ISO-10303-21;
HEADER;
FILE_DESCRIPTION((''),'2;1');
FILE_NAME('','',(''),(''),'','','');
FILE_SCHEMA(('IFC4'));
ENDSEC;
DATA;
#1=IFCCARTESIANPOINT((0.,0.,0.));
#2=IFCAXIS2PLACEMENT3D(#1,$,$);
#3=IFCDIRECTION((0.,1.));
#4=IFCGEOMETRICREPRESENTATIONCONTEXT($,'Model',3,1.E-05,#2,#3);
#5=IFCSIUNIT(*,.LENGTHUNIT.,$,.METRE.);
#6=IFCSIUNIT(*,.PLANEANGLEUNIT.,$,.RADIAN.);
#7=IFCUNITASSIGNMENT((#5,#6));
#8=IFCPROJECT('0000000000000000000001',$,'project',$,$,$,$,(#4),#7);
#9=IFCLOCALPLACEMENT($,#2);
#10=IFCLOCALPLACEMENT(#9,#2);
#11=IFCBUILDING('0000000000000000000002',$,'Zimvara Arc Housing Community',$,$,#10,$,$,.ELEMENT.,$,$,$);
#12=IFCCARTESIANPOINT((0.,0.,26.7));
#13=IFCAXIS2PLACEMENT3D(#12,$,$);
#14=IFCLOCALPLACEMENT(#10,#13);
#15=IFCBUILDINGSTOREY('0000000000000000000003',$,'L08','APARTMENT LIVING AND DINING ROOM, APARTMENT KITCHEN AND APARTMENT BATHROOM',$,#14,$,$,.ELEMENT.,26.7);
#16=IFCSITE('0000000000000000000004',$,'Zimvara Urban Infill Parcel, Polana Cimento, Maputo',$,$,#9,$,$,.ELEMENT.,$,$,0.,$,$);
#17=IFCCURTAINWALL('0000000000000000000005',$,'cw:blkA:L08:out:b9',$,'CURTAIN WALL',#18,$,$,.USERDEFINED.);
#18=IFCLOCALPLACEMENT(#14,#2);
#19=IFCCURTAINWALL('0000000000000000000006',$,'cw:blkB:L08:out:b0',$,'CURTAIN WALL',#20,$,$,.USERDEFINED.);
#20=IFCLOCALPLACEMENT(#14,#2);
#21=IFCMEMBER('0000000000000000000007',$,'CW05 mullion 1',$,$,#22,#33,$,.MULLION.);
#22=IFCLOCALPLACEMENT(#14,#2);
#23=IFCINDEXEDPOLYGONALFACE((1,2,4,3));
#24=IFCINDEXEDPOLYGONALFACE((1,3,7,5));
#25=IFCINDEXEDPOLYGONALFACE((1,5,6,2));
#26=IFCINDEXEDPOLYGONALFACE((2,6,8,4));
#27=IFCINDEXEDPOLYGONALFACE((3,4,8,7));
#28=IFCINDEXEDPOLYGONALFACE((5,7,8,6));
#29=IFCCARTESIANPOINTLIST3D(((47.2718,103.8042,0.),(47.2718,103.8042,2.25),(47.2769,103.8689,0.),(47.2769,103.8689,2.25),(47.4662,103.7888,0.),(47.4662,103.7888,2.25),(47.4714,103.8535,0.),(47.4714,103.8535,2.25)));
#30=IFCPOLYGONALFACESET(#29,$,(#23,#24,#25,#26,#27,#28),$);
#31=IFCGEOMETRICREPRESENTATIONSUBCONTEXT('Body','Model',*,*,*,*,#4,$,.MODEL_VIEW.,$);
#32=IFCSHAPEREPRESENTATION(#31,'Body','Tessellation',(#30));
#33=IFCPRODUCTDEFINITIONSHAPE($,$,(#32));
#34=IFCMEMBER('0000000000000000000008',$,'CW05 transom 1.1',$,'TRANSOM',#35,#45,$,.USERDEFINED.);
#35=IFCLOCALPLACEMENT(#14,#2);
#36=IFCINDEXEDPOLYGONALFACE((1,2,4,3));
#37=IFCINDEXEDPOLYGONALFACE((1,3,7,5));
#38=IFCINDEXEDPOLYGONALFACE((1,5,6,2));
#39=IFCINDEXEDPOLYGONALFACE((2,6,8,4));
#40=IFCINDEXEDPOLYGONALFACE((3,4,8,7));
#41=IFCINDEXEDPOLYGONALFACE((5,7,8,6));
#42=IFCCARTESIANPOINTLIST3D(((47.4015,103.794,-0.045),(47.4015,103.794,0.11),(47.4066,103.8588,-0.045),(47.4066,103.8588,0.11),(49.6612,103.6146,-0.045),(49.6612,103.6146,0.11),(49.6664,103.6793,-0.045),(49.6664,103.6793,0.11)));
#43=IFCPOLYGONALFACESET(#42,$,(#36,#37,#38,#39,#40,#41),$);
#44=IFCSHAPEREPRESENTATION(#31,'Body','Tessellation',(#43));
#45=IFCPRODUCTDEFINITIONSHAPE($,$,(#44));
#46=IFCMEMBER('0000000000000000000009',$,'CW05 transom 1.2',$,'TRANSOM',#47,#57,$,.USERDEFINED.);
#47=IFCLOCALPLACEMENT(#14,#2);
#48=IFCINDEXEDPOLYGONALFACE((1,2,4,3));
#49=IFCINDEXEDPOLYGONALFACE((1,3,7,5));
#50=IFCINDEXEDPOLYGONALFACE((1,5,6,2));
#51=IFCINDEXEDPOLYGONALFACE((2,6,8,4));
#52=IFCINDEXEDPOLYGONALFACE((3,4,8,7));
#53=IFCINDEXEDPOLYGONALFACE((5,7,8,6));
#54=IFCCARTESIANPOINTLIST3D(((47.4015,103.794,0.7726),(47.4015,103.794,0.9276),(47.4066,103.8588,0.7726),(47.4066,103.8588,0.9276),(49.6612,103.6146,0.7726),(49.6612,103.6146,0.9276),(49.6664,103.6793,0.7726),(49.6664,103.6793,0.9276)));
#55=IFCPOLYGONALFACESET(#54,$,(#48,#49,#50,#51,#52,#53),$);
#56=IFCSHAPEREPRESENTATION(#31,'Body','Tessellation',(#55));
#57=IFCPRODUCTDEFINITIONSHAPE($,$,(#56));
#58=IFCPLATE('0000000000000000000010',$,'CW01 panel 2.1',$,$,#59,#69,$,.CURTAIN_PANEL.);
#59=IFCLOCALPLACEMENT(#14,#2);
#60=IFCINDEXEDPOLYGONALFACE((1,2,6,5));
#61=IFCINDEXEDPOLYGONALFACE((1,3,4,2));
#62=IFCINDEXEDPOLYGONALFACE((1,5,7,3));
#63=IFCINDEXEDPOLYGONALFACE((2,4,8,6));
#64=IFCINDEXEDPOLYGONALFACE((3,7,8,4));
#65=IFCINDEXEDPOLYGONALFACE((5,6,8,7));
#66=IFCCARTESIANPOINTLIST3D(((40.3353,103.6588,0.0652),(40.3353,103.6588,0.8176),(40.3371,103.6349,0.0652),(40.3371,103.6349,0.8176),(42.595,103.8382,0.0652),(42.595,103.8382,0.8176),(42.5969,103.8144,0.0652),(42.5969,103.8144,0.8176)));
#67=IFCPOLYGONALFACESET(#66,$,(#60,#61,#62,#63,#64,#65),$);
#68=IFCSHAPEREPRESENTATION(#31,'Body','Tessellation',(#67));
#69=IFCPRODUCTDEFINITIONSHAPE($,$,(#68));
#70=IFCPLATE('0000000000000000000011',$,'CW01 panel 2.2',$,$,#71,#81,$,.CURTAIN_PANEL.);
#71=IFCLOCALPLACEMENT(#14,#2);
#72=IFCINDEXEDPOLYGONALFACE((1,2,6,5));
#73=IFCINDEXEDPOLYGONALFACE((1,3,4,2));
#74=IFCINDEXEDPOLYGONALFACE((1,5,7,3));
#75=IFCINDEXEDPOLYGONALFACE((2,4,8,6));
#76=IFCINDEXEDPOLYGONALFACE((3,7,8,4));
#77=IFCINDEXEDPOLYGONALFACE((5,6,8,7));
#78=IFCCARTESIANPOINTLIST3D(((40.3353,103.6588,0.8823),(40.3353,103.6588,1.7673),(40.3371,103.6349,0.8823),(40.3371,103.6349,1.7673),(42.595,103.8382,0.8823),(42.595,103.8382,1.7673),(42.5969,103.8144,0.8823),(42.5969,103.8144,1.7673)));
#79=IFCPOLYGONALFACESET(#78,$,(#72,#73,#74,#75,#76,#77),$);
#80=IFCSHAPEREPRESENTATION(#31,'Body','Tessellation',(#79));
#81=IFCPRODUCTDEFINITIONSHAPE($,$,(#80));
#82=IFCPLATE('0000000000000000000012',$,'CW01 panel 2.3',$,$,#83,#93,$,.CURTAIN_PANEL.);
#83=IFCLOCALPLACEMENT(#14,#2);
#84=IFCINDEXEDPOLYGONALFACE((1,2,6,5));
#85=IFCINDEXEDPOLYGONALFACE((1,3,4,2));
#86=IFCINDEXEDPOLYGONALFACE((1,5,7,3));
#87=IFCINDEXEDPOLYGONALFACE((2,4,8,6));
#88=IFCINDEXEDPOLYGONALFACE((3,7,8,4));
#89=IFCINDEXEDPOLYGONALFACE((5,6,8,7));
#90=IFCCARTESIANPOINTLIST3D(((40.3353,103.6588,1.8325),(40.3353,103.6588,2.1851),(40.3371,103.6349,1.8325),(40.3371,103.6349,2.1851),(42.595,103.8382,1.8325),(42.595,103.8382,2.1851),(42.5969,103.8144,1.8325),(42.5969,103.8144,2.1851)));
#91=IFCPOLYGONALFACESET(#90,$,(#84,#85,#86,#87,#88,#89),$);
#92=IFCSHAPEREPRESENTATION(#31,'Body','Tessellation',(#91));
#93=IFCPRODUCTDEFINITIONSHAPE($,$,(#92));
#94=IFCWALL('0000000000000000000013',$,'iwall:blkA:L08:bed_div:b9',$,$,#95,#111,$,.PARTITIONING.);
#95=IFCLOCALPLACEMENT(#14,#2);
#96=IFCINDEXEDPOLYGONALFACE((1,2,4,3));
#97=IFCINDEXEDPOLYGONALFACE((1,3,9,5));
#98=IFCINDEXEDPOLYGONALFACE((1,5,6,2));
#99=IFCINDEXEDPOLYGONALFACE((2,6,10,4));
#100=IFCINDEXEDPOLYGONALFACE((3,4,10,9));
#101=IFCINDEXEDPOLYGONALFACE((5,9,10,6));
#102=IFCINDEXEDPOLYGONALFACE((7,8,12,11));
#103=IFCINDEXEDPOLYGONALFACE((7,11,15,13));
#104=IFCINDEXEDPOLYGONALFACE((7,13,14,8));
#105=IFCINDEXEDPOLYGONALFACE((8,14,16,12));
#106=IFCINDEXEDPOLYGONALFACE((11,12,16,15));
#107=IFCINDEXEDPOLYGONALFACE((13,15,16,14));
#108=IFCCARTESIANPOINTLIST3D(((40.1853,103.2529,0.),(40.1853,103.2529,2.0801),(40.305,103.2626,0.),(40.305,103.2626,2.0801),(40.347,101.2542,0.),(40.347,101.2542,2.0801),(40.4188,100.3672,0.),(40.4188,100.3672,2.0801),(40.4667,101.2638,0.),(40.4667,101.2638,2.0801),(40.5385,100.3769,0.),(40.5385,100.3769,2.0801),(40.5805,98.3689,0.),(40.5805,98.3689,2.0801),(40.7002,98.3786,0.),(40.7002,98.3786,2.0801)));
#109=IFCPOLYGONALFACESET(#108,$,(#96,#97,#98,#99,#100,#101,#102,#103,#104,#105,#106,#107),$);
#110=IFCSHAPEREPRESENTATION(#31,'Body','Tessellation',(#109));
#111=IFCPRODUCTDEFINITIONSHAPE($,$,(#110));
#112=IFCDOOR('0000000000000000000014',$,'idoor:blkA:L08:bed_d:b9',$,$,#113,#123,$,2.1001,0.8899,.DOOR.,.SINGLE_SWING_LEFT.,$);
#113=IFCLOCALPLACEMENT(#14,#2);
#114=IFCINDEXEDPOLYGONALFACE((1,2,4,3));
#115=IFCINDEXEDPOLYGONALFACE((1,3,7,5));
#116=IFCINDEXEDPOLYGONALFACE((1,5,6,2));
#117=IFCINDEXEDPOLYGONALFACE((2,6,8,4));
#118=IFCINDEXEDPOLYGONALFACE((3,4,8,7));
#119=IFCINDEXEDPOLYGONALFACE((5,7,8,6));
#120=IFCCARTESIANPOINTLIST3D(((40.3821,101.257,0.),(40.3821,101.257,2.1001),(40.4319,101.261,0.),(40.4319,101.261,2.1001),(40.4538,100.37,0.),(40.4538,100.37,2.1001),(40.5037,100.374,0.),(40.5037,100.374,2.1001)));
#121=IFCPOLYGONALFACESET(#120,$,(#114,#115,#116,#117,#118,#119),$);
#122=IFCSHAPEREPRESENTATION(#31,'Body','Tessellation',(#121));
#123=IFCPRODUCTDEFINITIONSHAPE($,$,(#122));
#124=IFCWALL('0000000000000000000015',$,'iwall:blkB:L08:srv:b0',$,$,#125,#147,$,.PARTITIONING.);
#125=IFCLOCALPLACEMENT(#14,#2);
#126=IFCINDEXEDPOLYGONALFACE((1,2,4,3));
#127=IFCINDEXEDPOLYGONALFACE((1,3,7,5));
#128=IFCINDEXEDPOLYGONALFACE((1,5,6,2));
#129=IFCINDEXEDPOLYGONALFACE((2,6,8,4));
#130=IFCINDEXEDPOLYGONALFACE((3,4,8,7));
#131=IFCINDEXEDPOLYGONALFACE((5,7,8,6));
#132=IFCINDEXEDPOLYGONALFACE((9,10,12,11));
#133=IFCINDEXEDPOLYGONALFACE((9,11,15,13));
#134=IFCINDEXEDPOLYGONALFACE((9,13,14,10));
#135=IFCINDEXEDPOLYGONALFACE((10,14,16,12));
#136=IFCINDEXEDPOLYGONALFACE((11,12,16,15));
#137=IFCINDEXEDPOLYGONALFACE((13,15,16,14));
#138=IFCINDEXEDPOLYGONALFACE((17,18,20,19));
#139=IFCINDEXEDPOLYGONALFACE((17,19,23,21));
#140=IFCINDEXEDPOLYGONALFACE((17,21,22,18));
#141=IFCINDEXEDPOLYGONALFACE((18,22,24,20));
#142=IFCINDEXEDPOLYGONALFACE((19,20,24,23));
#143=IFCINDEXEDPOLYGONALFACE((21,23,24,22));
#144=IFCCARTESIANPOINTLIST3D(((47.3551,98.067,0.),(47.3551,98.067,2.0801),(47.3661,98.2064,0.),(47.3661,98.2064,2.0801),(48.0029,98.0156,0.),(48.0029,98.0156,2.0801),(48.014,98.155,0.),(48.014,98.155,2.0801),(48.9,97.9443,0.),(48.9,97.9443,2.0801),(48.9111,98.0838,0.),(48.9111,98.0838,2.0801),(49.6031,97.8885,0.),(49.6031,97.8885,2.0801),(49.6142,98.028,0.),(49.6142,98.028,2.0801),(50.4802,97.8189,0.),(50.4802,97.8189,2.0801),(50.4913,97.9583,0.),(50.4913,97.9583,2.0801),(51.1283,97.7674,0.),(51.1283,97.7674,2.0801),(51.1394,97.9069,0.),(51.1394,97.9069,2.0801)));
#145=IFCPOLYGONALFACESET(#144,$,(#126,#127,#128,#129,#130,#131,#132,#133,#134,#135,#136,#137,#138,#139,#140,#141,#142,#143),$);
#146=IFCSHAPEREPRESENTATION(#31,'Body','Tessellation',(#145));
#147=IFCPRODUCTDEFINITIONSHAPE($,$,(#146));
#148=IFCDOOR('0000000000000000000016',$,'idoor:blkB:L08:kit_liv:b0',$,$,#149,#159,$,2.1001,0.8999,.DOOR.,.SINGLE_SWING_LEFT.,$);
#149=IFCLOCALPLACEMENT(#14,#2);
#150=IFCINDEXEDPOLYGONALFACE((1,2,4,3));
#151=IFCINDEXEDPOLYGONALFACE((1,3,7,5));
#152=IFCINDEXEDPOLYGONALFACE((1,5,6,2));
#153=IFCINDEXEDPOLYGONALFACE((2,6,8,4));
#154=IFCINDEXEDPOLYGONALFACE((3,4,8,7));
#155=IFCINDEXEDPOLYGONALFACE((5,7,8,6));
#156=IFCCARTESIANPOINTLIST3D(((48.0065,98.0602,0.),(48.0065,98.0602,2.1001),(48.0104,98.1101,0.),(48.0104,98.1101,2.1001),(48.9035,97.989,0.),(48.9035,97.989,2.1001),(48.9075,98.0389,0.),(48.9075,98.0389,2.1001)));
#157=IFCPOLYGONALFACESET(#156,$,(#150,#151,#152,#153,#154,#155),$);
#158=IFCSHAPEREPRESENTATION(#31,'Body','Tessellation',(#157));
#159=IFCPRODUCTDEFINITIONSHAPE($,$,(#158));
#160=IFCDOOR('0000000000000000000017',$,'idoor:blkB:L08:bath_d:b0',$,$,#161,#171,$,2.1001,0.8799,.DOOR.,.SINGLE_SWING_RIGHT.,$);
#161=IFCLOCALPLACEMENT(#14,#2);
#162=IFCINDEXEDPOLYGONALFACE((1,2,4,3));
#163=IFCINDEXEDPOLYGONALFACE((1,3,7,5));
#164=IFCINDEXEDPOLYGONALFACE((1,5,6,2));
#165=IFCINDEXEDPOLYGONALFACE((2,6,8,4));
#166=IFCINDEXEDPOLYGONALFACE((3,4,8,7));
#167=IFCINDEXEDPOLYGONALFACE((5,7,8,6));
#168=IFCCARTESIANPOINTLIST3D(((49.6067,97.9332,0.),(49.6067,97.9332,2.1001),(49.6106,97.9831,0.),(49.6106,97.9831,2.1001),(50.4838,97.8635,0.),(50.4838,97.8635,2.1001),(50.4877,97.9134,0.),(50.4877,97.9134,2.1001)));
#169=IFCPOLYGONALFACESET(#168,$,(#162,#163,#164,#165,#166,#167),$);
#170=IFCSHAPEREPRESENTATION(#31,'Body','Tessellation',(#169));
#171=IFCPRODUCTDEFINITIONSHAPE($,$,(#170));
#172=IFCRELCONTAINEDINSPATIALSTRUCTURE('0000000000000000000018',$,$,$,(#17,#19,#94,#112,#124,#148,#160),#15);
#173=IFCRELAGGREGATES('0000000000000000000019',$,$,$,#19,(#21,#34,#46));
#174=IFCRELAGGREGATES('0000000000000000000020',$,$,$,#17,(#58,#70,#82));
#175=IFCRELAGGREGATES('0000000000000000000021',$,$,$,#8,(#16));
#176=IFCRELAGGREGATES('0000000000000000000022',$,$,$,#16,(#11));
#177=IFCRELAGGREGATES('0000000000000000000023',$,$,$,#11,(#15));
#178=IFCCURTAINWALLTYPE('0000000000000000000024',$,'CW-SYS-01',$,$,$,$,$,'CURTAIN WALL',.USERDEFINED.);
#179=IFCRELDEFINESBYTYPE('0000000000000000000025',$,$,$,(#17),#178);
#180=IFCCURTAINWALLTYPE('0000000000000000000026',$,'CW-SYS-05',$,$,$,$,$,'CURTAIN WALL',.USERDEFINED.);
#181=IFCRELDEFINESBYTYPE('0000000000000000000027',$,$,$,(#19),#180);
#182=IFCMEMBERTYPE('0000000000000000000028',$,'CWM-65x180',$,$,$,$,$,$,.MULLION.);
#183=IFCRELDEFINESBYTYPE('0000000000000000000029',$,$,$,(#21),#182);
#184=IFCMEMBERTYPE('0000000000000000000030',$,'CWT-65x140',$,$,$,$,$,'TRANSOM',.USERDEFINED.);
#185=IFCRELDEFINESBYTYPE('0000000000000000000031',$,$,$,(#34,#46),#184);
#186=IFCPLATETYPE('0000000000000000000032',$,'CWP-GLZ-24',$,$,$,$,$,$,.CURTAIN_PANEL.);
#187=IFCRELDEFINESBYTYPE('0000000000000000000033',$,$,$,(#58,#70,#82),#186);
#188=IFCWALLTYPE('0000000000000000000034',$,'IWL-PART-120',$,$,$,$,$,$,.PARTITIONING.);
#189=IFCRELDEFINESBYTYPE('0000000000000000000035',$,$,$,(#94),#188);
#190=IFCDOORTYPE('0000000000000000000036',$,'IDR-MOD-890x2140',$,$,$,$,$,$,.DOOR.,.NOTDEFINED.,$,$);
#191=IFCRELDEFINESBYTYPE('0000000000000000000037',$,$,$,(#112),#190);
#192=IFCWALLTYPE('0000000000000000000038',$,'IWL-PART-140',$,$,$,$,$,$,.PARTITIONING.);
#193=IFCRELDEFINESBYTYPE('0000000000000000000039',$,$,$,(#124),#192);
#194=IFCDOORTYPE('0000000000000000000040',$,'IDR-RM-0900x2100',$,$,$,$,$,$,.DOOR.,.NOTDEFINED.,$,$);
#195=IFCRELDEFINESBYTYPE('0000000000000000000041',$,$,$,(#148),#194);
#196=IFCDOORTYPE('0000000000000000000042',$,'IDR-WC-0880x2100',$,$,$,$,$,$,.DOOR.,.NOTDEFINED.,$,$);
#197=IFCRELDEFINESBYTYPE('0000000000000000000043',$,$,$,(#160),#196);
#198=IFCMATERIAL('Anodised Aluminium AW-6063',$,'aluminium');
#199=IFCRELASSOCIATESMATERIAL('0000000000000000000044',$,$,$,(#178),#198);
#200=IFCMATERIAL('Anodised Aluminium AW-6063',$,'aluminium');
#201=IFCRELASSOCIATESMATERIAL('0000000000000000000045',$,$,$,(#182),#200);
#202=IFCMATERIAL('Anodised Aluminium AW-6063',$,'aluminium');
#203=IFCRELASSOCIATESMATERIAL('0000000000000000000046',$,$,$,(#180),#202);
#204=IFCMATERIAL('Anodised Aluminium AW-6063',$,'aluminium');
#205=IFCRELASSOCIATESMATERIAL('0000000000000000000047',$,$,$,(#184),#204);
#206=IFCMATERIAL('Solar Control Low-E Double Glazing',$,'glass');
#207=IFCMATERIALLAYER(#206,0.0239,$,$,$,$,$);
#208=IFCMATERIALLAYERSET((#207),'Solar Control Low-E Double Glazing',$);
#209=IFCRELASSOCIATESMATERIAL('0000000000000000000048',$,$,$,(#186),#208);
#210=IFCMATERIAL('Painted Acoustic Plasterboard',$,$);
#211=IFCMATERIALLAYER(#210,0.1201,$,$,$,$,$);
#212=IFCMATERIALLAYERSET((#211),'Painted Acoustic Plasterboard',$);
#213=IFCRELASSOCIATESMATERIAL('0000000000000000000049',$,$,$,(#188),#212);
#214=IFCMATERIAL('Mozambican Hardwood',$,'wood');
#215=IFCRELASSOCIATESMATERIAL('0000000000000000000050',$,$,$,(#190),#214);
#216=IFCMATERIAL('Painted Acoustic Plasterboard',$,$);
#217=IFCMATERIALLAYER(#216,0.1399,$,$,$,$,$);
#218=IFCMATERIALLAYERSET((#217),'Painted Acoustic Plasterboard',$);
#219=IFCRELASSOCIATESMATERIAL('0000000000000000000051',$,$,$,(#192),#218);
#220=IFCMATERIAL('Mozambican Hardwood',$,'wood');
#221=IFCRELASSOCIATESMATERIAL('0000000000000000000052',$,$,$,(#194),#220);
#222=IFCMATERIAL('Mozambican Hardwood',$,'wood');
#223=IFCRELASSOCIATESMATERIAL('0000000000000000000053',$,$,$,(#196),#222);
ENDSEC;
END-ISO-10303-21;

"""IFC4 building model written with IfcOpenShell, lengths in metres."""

from ifc_helpers import new_model, si_unit, direction, frame, frame_2d, origin, origin_2d, place, context, subcontext, project, spatial, rectangle, extrude, material, layer, layer_set, material_profile, profile_set, type_object, element, fill, aggregate, save


model = new_model("IFC4")

# Units and contexts
model_context = context("Model", 3, precision=1e-05, world=origin(), true_north=direction((0.0, 1.0)))
body_context = subcontext(model_context, "Body", "Model", "MODEL_VIEW")
ifc_project = project(units=[si_unit("LENGTHUNIT", "METRE"), si_unit("PLANEANGLEUNIT", "RADIAN")], contexts=[model_context])

# Site, building, storey
site_placement = place(None, origin())
site = spatial("IfcSite", under=ifc_project, at=site_placement, Name="Zimvara Urban Infill Parcel, Polana Cimento, Maputo", CompositionType="ELEMENT", RefElevation=0.0)
building_placement = place(site_placement, origin())
building = spatial("IfcBuilding", under=site, at=building_placement, Name="Zimvara Arc Housing Community", CompositionType="ELEMENT")
storey_placement = place(building_placement, frame((0.0, 0.0, 26.7)))
storey = spatial("IfcBuildingStorey", under=building, at=storey_placement, Name="L08", Description="APARTMENT LIVING AND DINING ROOM, APARTMENT KITCHEN AND APARTMENT BATHROOM", CompositionType="ELEMENT", Elevation=26.7)

# Curtain wall
ifc_material_1 = material(Name="Anodised Aluminium AW-6063", Category="aluminium")
curtain_wall_type_1 = type_object("IfcCurtainWallType", Name="CW-SYS-01", ElementType="CURTAIN WALL", PredefinedType="USERDEFINED", material=ifc_material_1)
curtain_wall_1_placement = place(storey_placement, origin())
curtain_wall_1 = element("IfcCurtainWall", 1, at=curtain_wall_1_placement, inside=storey, type_object=curtain_wall_type_1, Name="cw:blkA:L08:out:b9", ObjectType="CURTAIN WALL", PredefinedType="USERDEFINED")
ifc_material_2 = material(Name="Anodised Aluminium AW-6063", Category="aluminium")
ifc_material_profile_1 = material_profile(ifc_material_2, rectangle(XDim=0.0649, YDim=0.1951, at=origin_2d()), Name="ALU 65x195")
ifc_profile_set_1 = profile_set([ifc_material_profile_1], Name="Anodised Aluminium AW-6063")
member_type_1 = type_object("IfcMemberType", Name="CWM-65x180", PredefinedType="MULLION", material=ifc_profile_set_1)

# Curtain wall, members
ifc_material_3 = material(Name="Anodised Aluminium AW-6063", Category="aluminium")
curtain_wall_type_2 = type_object("IfcCurtainWallType", Name="CW-SYS-05", ElementType="CURTAIN WALL", PredefinedType="USERDEFINED", material=ifc_material_3)
curtain_wall_2_placement = place(storey_placement, origin())
curtain_wall_2 = element("IfcCurtainWall", 2, at=curtain_wall_2_placement, inside=storey, type_object=curtain_wall_type_2, Name="cw:blkB:L08:out:b0", ObjectType="CURTAIN WALL", PredefinedType="USERDEFINED")
member_1_placement = place(storey_placement, frame((47.3716, 103.8289, 0.0), z_axis=(0.0, 0.0, 1.0), x_axis=(0.079154, 0.996862, 0.0)))
member_1 = element("IfcMember", 3, at=member_1_placement, type_object=member_type_1, Name="CW05 mullion 1", PredefinedType="MULLION", context=body_context, shape_type="SweptSolid", body=[
    extrude(rectangle(XDim=0.0649, YDim=0.1951, at=origin_2d()), origin(), (0.0, 0.0, 1.0), 2.25),
])
ifc_material_4 = material(Name="Anodised Aluminium AW-6063", Category="aluminium")
ifc_material_profile_2 = material_profile(ifc_material_4, rectangle(XDim=0.0649, YDim=0.155, at=origin_2d()), Name="ALU 65x155")
ifc_profile_set_2 = profile_set([ifc_material_profile_2], Name="Anodised Aluminium AW-6063")
member_type_2 = type_object("IfcMemberType", Name="CWT-65x140", ElementType="TRANSOM", PredefinedType="USERDEFINED", material=ifc_profile_set_2)
member_2_placement = place(storey_placement, frame((47.4041, 103.8264, 0.0325), z_axis=(0.996862, -0.079159, 0.0), x_axis=(0.079159, 0.996862, 0.0)))
member_2 = element("IfcMember", 4, at=member_2_placement, type_object=member_type_2, Name="CW05 transom 1.1", ObjectType="TRANSOM", PredefinedType="USERDEFINED", context=body_context, shape_type="SweptSolid", body=[
    extrude(rectangle(XDim=0.0649, YDim=0.155, at=origin_2d()), origin(), (0.0, 0.0, 1.0), 2.2668),
])
member_3_placement = place(storey_placement, frame((47.4041, 103.8264, 0.8501), z_axis=(0.996862, -0.079159, 0.0), x_axis=(0.079159, 0.996862, 0.0)))
member_3 = element("IfcMember", 5, at=member_3_placement, type_object=member_type_2, Name="CW05 transom 1.2", ObjectType="TRANSOM", PredefinedType="USERDEFINED", context=body_context, shape_type="SweptSolid", body=[
    extrude(rectangle(XDim=0.0649, YDim=0.155, at=origin_2d()), origin(), (0.0, 0.0, 1.0), 2.2668),
])
aggregate(curtain_wall_2, [member_1, member_2, member_3])

# Plates
ifc_material_5 = material(Name="Solar Control Low-E Double Glazing", Category="glass")
ifc_layer_1 = layer(ifc_material_5, 0.0239)
ifc_layer_set_1 = layer_set([ifc_layer_1], Name="Solar Control Low-E Double Glazing")
plate_type = type_object("IfcPlateType", Name="CWP-GLZ-24", PredefinedType="CURTAIN_PANEL", material=ifc_layer_set_1)
plate_1_placement = place(storey_placement, frame((41.4661, 103.7366, 0.0652), z_axis=(0.0, 0.0, 1.0), x_axis=(0.996862, 0.079154, 0.0)))
plate_1 = element("IfcPlate", 6, at=plate_1_placement, type_object=plate_type, Name="CW01 panel 2.1", PredefinedType="CURTAIN_PANEL", context=body_context, shape_type="SweptSolid", body=[
    extrude(rectangle(XDim=2.2668, YDim=0.0239, at=origin_2d()), origin(), (0.0, 0.0, 1.0), 0.7524),
])
plate_2_placement = place(storey_placement, frame((41.4661, 103.7366, 0.8823), z_axis=(0.0, 0.0, 1.0), x_axis=(0.996862, 0.079154, 0.0)))
plate_2 = element("IfcPlate", 7, at=plate_2_placement, type_object=plate_type, Name="CW01 panel 2.2", PredefinedType="CURTAIN_PANEL", context=body_context, shape_type="SweptSolid", body=[
    extrude(rectangle(XDim=2.2668, YDim=0.0239, at=origin_2d()), origin(), (0.0, 0.0, 1.0), 0.885),
])
plate_3_placement = place(storey_placement, frame((41.4661, 103.7366, 1.8325), z_axis=(0.0, 0.0, 1.0), x_axis=(0.996862, 0.079154, 0.0)))
plate_3 = element("IfcPlate", 8, at=plate_3_placement, type_object=plate_type, Name="CW01 panel 2.3", PredefinedType="CURTAIN_PANEL", context=body_context, shape_type="SweptSolid", body=[
    extrude(rectangle(XDim=2.2668, YDim=0.0239, at=origin_2d()), origin(), (0.0, 0.0, 1.0), 0.3525),
])
aggregate(curtain_wall_1, [plate_1, plate_2, plate_3])

# Wall, opening, door
ifc_material_6 = material(Name="Painted Acoustic Plasterboard")
ifc_layer_2 = layer(ifc_material_6, 0.1201)
ifc_layer_set_2 = layer_set([ifc_layer_2], Name="Painted Acoustic Plasterboard")
wall_type_1 = type_object("IfcWallType", Name="IWL-PART-120", PredefinedType="PARTITIONING", material=ifc_layer_set_2)
wall_1_placement = place(storey_placement, frame((40.6404, 98.3738, 0.0), z_axis=(0.0, 0.0, 1.0), x_axis=(-0.080666, 0.996741, 0.0)))
wall_1 = element("IfcWall", 9, at=wall_1_placement, inside=storey, type_object=wall_type_1, Name="iwall:blkA:L08:bed_div:b9", PredefinedType="PARTITIONING", context=body_context, shape_type="SweptSolid", body=[
    extrude(rectangle(XDim=4.8999, YDim=0.1201, at=frame_2d((2.45, 0.0))), origin(), (0.0, 0.0, 1.0), 2.0801),
])
opening_1_placement = place(wall_1_placement, frame((2.0049, 0.0, 0.0)))
opening_1 = element("IfcOpeningElement", 10, at=opening_1_placement, cuts=wall_1, PredefinedType="OPENING", context=body_context, shape_type="SweptSolid", body=[
    extrude(rectangle(XDim=0.8899, YDim=2.1001, at=frame_2d((0.4448, 1.05))), frame((0.0, 0.0701, 0.0), z_axis=(0.0, -1.0, 0.0), x_axis=(1.0, 0.0, 0.0)), (0.0, 0.0, 1.0), 0.1401),
])
ifc_material_7 = material(Name="Mozambican Hardwood", Category="wood")
door_type_1 = type_object("IfcDoorType", Name="IDR-MOD-890x2140", OperationType="NOTDEFINED", PredefinedType="DOOR", material=ifc_material_7)
door_1_placement = place(opening_1_placement, origin())
door_1 = element("IfcDoor", 11, at=door_1_placement, inside=storey, type_object=door_type_1, Name="idoor:blkA:L08:bed_d:b9", OperationType="SINGLE_SWING_LEFT", OverallHeight=2.1001, OverallWidth=0.8899, PredefinedType="DOOR", context=body_context, shape_type="SweptSolid", body=[
    extrude(rectangle(XDim=0.8899, YDim=2.1001, at=frame_2d((0.4448, 1.05))), frame((0.0, 0.0249, 0.0), z_axis=(0.0, -1.0, 0.0), x_axis=(1.0, 0.0, 0.0)), (0.0, 0.0, 1.0), 0.05),
])
fill(opening_1, door_1)

# Wall, openings, doors
ifc_material_8 = material(Name="Painted Acoustic Plasterboard")
ifc_layer_3 = layer(ifc_material_8, 0.1399)
ifc_layer_set_3 = layer_set([ifc_layer_3], Name="Painted Acoustic Plasterboard")
wall_type_2 = type_object("IfcWallType", Name="IWL-PART-140", PredefinedType="PARTITIONING", material=ifc_layer_set_3)
wall_2_placement = place(storey_placement, frame((47.3606, 98.1367, 0.0), z_axis=(0.0, 0.0, 1.0), x_axis=(0.996863, -0.079143, 0.0)))
wall_2 = element("IfcWall", 12, at=wall_2_placement, inside=storey, type_object=wall_type_2, Name="iwall:blkB:L08:srv:b0", PredefinedType="PARTITIONING", context=body_context, shape_type="SweptSolid", body=[
    extrude(rectangle(XDim=3.7852, YDim=0.1399, at=frame_2d((1.8926, 0.0))), origin(), (0.0, 0.0, 1.0), 2.0801),
])
opening_2_placement = place(wall_2_placement, frame((0.6499, 0.0, 0.0)))
opening_2 = element("IfcOpeningElement", 13, at=opening_2_placement, cuts=wall_2, PredefinedType="OPENING", context=body_context, shape_type="SweptSolid", body=[
    extrude(rectangle(XDim=0.8999, YDim=2.1001, at=frame_2d((0.45, 1.05))), frame((0.0, 0.0798, 0.0), z_axis=(0.0, -1.0, 0.0), x_axis=(1.0, 0.0, 0.0)), (0.0, 0.0, 1.0), 0.1599),
])
opening_3_placement = place(wall_2_placement, frame((2.2551, 0.0, 0.0)))
opening_3 = element("IfcOpeningElement", 14, at=opening_3_placement, cuts=wall_2, PredefinedType="OPENING", context=body_context, shape_type="SweptSolid", body=[
    extrude(rectangle(XDim=0.8799, YDim=2.1001, at=frame_2d((0.4399, 1.05))), frame((0.0, 0.0798, 0.0), z_axis=(0.0, -1.0, 0.0), x_axis=(1.0, 0.0, 0.0)), (0.0, 0.0, 1.0), 0.1599),
])
ifc_material_9 = material(Name="Mozambican Hardwood", Category="wood")
door_type_2 = type_object("IfcDoorType", Name="IDR-RM-0900x2100", OperationType="NOTDEFINED", PredefinedType="DOOR", material=ifc_material_9)
door_2_placement = place(opening_2_placement, origin())
door_2 = element("IfcDoor", 15, at=door_2_placement, inside=storey, type_object=door_type_2, Name="idoor:blkB:L08:kit_liv:b0", OperationType="SINGLE_SWING_LEFT", OverallHeight=2.1001, OverallWidth=0.8999, PredefinedType="DOOR", context=body_context, shape_type="SweptSolid", body=[
    extrude(rectangle(XDim=0.8999, YDim=2.1001, at=frame_2d((0.45, 1.05))), frame((0.0, 0.0249, 0.0), z_axis=(0.0, -1.0, 0.0), x_axis=(1.0, 0.0, 0.0)), (0.0, 0.0, 1.0), 0.05),
])
fill(opening_2, door_2)
ifc_material_10 = material(Name="Mozambican Hardwood", Category="wood")
door_type_3 = type_object("IfcDoorType", Name="IDR-WC-0880x2100", OperationType="NOTDEFINED", PredefinedType="DOOR", material=ifc_material_10)
door_3_placement = place(opening_3_placement, origin())
door_3 = element("IfcDoor", 16, at=door_3_placement, inside=storey, type_object=door_type_3, Name="idoor:blkB:L08:bath_d:b0", OperationType="SINGLE_SWING_RIGHT", OverallHeight=2.1001, OverallWidth=0.8799, PredefinedType="DOOR", context=body_context, shape_type="SweptSolid", body=[
    extrude(rectangle(XDim=0.8799, YDim=2.1001, at=frame_2d((0.4399, 1.05))), frame((0.0, 0.0249, 0.0), z_axis=(0.0, -1.0, 0.0), x_axis=(1.0, 0.0, 0.0)), (0.0, 0.0, 1.0), 0.05),
])
fill(opening_3, door_3)

save(model, "model.ifc")
